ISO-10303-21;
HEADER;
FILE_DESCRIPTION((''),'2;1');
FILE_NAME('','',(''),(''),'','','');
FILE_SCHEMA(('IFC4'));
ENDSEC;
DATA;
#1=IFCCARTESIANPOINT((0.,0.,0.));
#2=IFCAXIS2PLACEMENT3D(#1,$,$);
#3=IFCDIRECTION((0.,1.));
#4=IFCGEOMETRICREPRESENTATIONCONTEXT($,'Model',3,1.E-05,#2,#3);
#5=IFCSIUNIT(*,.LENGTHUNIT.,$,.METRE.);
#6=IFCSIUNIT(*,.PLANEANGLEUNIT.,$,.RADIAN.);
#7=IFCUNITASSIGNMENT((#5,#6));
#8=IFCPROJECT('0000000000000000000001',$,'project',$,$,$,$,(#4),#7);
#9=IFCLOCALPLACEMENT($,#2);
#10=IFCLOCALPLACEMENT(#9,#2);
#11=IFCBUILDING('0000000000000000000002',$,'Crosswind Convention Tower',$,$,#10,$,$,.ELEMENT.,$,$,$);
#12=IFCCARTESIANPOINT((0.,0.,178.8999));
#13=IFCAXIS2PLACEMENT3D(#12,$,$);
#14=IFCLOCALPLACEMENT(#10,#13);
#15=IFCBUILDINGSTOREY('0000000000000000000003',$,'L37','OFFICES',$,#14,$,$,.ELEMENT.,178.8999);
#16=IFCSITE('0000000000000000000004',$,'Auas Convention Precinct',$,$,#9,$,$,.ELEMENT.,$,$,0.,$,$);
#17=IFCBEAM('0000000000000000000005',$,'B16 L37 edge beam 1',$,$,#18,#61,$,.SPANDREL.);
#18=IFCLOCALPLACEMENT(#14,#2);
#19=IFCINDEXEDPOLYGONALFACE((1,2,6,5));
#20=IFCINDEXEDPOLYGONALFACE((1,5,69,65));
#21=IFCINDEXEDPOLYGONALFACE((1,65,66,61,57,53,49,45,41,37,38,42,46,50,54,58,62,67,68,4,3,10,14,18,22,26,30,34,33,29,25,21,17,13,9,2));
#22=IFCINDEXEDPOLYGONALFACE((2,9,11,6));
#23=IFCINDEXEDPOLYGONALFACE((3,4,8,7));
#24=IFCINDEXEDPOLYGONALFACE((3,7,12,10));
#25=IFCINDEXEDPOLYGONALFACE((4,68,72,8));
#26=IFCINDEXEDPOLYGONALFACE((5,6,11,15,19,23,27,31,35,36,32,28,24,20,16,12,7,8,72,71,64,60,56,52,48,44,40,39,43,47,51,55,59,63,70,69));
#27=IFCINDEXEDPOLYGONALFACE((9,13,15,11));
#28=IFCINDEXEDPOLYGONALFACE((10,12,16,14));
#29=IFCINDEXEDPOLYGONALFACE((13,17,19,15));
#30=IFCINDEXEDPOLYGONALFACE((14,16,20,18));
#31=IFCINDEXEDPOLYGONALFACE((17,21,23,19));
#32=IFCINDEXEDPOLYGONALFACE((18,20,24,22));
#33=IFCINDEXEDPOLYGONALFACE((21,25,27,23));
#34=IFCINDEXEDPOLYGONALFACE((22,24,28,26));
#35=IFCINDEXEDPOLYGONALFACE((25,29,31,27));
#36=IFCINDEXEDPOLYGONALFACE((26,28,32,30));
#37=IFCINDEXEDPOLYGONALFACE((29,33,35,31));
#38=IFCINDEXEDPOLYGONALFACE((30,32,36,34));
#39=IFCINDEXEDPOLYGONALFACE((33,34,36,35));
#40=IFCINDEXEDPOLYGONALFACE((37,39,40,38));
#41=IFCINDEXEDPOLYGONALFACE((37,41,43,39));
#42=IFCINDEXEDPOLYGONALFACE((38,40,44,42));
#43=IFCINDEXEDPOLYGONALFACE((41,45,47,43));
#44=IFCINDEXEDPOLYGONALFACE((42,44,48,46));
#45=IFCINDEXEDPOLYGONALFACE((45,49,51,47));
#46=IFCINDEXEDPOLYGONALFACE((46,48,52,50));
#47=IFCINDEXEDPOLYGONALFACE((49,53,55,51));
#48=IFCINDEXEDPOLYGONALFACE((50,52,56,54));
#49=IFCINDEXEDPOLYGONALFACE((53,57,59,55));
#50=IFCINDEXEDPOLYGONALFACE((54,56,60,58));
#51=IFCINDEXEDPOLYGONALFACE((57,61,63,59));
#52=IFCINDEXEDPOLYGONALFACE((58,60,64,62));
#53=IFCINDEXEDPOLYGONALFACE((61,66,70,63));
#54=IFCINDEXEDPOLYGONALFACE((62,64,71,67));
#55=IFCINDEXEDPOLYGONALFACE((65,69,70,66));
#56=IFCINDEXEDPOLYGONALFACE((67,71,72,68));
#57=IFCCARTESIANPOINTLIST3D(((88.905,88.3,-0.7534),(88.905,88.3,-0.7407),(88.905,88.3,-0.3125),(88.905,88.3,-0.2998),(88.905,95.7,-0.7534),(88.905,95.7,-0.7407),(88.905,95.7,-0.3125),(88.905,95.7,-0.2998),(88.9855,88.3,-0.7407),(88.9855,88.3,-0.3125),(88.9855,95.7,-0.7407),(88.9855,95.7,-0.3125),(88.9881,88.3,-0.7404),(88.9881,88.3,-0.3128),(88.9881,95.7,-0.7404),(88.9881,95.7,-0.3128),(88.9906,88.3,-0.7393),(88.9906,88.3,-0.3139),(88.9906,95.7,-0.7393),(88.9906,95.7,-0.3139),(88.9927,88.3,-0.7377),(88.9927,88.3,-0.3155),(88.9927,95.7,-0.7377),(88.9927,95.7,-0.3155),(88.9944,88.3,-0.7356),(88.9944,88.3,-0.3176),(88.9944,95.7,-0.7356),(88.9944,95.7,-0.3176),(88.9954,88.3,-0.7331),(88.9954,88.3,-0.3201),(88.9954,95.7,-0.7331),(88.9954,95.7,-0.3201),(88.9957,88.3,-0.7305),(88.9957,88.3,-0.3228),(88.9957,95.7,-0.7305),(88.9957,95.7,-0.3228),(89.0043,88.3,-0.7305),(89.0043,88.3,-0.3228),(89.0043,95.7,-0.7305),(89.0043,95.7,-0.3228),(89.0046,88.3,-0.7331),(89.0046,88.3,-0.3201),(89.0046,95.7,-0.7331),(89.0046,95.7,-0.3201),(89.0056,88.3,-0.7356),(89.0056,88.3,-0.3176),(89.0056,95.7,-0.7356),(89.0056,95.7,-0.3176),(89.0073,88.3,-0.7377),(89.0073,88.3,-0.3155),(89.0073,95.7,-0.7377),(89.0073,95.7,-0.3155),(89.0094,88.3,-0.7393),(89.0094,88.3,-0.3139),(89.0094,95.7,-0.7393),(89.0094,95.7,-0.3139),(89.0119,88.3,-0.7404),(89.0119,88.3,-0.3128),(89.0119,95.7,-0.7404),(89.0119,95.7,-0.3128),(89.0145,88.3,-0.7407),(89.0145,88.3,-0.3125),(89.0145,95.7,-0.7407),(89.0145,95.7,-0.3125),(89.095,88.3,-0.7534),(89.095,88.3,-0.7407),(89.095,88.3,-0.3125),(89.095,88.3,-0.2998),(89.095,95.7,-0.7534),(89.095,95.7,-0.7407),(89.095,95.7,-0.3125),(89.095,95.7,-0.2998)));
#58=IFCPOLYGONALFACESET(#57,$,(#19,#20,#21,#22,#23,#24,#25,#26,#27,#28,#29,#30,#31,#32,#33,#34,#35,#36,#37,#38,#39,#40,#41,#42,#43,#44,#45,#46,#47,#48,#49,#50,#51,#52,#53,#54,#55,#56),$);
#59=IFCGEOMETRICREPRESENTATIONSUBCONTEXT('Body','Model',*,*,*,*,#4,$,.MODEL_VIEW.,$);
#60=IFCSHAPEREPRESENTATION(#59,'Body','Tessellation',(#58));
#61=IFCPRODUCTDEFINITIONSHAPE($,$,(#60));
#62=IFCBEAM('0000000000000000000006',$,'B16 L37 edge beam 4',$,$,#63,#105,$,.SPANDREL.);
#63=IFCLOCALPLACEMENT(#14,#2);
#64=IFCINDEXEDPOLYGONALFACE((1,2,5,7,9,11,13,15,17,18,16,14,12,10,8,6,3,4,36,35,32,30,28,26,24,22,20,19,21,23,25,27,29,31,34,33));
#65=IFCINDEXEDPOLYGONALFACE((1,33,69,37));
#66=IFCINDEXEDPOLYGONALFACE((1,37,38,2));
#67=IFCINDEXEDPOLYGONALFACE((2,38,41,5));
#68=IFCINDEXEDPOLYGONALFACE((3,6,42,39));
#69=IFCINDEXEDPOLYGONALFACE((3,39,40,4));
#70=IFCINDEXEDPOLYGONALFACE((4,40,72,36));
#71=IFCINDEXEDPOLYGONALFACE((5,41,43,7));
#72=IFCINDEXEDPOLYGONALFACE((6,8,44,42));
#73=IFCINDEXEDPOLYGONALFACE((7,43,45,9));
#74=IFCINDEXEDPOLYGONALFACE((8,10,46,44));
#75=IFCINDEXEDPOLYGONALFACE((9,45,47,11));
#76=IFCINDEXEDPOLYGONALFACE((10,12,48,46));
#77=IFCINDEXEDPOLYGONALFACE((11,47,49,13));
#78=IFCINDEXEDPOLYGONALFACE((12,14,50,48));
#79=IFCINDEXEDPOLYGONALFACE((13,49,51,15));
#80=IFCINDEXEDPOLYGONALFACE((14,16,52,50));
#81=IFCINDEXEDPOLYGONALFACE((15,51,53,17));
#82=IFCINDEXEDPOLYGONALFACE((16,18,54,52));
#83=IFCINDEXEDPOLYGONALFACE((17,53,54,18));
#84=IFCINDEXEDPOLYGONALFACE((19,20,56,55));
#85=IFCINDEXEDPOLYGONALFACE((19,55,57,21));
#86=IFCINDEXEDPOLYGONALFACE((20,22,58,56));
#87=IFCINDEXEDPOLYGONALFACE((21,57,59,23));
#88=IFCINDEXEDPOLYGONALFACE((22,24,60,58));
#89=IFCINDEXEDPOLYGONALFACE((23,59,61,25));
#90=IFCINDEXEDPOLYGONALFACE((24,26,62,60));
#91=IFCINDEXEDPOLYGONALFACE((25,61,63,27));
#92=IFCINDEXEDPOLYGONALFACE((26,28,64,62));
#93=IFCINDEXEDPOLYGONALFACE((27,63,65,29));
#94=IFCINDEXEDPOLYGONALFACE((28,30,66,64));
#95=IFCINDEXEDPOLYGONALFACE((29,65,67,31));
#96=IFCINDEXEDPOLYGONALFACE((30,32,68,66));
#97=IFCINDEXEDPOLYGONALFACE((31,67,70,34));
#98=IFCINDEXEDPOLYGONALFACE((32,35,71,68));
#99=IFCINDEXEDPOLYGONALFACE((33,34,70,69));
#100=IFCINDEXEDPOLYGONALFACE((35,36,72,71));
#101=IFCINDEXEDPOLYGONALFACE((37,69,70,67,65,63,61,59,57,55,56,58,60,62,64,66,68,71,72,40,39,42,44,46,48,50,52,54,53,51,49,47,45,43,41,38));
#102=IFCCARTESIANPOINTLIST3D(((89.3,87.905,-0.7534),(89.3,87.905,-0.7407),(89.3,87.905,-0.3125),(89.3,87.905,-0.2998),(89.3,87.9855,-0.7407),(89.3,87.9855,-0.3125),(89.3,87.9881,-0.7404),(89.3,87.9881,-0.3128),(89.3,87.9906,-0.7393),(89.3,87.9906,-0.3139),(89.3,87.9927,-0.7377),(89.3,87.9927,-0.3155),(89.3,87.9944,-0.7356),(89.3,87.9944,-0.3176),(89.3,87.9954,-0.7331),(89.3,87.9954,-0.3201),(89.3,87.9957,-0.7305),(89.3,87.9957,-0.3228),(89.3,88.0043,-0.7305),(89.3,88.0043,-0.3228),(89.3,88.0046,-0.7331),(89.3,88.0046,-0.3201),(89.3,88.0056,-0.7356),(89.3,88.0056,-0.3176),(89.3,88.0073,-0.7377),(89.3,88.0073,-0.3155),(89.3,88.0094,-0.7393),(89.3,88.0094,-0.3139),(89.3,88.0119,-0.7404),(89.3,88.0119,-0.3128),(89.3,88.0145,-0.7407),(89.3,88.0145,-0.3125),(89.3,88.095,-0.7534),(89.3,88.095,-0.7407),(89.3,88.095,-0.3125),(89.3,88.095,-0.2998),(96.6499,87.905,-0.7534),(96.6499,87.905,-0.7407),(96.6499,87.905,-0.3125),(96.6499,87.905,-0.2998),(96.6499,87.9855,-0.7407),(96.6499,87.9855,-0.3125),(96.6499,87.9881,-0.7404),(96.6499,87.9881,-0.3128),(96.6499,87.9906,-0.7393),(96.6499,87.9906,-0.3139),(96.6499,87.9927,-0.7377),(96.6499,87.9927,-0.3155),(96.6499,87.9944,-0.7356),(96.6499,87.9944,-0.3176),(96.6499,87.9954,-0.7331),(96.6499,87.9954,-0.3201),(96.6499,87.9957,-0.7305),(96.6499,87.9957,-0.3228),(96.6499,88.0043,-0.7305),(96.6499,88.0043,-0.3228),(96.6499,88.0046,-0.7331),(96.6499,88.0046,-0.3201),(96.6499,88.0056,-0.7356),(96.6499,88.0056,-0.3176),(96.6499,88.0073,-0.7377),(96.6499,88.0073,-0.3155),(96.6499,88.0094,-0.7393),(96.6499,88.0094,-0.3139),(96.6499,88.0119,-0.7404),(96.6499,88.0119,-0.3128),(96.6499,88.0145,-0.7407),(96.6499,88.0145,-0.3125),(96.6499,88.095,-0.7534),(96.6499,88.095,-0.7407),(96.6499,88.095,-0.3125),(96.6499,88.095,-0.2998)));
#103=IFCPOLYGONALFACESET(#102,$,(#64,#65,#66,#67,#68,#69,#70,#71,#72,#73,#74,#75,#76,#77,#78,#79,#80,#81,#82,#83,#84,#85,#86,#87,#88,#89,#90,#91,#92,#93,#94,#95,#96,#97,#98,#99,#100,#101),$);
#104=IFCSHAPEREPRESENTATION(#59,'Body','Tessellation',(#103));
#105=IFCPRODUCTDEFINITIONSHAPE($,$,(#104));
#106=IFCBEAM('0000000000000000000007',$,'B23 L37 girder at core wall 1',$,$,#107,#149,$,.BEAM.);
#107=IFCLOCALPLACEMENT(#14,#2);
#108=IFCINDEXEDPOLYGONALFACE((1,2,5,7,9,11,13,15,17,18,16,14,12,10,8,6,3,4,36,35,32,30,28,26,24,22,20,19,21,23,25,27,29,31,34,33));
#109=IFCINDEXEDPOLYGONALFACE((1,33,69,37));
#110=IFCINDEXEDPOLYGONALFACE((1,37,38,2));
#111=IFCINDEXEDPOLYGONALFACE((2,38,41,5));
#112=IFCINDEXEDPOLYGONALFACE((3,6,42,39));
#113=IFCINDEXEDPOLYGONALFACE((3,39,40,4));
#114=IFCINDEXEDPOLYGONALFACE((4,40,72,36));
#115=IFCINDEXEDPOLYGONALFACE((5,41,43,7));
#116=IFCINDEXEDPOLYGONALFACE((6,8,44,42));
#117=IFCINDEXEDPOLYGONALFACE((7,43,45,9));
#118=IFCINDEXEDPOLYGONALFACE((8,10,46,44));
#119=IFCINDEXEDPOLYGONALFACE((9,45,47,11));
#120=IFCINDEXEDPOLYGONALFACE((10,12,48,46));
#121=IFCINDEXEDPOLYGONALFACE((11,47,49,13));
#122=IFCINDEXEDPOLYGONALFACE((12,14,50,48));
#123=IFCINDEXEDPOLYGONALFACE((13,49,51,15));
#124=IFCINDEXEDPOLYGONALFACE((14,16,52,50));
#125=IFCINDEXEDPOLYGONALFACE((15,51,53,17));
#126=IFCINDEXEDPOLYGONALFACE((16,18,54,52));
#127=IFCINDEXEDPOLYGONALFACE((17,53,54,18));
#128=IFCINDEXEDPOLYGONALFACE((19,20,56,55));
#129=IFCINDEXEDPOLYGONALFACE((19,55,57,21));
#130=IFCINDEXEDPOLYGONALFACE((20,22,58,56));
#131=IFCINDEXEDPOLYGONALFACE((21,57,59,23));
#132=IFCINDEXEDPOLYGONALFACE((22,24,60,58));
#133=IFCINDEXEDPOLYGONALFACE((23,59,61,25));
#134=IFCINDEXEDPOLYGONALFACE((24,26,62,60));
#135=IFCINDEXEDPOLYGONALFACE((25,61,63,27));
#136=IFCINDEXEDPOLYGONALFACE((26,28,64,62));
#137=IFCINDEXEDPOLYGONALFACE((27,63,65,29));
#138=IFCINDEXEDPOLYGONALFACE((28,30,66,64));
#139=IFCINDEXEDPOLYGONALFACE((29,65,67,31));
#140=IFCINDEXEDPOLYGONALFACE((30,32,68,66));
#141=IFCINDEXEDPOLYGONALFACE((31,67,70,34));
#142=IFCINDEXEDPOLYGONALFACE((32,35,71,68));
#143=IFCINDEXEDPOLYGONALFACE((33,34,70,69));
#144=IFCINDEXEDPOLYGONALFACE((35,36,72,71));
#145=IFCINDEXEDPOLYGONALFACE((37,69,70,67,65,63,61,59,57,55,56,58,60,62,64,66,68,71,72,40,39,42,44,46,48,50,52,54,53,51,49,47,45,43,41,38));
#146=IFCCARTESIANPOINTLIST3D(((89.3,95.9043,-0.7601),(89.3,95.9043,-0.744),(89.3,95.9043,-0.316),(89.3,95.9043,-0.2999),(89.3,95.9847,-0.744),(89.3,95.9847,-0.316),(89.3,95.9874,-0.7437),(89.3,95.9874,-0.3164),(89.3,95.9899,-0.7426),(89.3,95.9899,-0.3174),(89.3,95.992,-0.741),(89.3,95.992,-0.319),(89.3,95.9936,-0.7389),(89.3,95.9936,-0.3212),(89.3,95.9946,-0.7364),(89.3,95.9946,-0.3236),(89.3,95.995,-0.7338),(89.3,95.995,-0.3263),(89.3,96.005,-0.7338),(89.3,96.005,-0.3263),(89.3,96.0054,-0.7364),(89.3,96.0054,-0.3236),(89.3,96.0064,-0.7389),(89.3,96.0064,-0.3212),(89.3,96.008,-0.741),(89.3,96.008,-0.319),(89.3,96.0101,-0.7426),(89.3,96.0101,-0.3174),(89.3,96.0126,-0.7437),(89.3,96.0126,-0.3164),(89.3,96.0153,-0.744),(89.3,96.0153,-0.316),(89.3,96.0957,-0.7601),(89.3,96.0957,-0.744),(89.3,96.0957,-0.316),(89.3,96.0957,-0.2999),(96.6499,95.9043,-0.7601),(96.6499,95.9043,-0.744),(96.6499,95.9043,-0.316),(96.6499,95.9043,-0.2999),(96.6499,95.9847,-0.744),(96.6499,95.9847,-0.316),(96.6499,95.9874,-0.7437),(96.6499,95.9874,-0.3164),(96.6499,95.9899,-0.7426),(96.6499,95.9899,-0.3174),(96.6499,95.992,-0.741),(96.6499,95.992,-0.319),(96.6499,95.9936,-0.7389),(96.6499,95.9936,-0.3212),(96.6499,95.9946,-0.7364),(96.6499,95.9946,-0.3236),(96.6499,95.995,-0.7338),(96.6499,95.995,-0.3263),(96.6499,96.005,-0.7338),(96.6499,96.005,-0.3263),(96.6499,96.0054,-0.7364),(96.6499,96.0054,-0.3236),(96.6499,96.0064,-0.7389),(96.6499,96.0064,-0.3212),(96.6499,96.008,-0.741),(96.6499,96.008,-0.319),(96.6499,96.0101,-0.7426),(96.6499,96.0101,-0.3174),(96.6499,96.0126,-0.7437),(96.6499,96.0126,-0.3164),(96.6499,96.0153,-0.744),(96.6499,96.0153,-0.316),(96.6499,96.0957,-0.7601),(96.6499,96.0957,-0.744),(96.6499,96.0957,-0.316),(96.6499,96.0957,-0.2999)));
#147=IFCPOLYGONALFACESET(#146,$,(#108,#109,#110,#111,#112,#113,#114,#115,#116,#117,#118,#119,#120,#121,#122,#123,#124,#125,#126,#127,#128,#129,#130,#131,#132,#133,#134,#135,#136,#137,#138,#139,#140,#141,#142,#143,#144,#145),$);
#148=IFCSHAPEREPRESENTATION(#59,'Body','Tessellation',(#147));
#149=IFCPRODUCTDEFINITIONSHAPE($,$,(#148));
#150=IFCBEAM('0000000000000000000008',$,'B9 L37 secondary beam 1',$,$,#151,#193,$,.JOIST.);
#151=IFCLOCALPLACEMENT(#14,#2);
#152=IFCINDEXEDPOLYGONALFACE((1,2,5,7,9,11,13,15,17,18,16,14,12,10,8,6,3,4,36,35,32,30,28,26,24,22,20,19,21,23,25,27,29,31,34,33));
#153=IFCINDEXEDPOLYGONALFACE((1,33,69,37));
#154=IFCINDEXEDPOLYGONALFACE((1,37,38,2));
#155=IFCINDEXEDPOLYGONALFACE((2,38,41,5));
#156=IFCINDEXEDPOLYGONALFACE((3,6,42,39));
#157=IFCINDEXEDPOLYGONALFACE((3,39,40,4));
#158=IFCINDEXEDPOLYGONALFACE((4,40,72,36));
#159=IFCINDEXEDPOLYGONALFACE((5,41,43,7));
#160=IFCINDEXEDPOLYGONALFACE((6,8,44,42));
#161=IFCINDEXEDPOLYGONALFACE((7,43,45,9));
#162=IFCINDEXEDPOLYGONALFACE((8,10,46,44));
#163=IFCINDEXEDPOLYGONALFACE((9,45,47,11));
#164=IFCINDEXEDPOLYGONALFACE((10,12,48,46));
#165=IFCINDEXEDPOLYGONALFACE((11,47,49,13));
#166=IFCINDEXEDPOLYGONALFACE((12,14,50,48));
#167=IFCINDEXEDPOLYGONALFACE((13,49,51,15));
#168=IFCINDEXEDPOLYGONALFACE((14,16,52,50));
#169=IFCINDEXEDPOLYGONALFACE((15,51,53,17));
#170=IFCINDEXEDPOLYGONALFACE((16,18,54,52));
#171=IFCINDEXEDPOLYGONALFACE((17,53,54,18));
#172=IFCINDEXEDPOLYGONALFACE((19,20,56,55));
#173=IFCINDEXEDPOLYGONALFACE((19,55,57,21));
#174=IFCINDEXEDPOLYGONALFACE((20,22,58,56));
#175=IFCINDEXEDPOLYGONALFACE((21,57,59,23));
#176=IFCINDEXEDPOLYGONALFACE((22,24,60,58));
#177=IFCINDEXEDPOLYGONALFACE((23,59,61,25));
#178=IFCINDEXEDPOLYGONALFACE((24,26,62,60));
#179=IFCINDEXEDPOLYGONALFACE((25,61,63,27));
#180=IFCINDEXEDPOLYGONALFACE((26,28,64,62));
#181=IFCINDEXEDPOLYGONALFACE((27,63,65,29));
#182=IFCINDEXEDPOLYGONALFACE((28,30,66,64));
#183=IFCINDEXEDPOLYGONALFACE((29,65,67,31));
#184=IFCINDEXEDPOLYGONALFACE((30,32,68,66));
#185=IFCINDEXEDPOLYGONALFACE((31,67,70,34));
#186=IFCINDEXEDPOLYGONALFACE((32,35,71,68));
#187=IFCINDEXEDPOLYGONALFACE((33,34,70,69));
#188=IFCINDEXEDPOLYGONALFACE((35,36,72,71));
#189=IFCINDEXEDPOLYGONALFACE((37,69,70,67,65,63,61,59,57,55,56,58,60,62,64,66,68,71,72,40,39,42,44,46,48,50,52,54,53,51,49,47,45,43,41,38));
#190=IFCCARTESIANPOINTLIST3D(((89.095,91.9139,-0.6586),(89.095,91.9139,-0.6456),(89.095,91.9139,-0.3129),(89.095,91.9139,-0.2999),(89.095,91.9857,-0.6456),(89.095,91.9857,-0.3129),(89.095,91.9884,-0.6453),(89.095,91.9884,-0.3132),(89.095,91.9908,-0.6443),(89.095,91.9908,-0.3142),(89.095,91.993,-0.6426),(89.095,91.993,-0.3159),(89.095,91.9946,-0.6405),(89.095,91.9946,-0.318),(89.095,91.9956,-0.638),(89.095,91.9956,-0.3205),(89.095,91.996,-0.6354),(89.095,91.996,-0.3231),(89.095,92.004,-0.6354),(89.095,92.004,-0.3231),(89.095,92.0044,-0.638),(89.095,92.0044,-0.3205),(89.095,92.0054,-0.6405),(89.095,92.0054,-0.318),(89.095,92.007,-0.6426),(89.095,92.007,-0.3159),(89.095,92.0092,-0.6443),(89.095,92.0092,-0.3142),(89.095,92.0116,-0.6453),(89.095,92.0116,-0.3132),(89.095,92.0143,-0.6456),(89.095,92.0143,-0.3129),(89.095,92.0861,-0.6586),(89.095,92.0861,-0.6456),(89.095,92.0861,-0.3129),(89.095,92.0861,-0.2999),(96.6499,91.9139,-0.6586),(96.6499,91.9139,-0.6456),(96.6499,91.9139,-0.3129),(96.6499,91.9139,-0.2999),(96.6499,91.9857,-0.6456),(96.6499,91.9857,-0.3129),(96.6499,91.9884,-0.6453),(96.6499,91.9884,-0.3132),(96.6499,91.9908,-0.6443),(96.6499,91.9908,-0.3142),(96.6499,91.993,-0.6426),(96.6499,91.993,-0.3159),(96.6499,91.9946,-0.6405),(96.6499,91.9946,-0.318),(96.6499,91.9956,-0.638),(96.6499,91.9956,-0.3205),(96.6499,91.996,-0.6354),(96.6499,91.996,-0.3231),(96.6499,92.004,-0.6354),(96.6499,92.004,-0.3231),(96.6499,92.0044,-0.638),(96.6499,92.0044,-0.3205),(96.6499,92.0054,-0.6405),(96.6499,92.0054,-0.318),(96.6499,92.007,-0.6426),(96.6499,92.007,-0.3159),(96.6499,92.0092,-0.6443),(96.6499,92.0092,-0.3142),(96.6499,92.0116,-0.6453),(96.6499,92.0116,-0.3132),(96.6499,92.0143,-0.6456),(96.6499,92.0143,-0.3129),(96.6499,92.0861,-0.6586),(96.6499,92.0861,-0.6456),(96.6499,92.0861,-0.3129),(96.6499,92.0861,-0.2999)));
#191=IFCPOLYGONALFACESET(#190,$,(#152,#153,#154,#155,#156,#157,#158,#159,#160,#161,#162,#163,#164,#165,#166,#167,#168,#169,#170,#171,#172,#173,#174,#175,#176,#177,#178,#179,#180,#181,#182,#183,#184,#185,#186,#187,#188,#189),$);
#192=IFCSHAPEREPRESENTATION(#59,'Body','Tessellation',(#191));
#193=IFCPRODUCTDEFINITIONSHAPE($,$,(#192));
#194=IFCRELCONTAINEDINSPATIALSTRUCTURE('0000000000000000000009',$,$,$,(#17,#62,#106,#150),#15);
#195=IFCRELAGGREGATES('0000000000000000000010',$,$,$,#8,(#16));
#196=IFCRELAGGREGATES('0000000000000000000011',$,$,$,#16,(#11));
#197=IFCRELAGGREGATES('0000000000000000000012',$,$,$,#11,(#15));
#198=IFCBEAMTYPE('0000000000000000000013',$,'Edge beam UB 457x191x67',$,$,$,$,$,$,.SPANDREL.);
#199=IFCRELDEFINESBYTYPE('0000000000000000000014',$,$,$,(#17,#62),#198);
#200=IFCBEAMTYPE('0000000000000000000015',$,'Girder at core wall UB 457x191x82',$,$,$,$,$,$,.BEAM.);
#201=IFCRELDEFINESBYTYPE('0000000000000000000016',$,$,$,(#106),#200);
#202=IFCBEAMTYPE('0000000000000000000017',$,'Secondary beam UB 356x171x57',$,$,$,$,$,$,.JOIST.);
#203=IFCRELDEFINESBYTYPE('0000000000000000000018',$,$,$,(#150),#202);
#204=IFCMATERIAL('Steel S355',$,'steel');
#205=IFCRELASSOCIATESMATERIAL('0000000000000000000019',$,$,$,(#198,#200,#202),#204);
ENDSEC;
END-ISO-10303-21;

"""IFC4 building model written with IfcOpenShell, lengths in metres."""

from ifc_helpers import new_model, si_unit, direction, frame, origin, origin_2d, place, context, subcontext, project, spatial, i_section, extrude, material, material_profile, profile_set, type_object, element, save


model = new_model("IFC4")

# Units and contexts
model_context = context("Model", 3, precision=1e-05, world=origin(), true_north=direction((0.0, 1.0)))
body_context = subcontext(model_context, "Body", "Model", "MODEL_VIEW")
ifc_project = project(units=[si_unit("LENGTHUNIT", "METRE"), si_unit("PLANEANGLEUNIT", "RADIAN")], contexts=[model_context])

# Site, building, storey
site_placement = place(None, origin())
site = spatial("IfcSite", under=ifc_project, at=site_placement, Name="Auas Convention Precinct", CompositionType="ELEMENT", RefElevation=0.0)
building_placement = place(site_placement, origin())
building = spatial("IfcBuilding", under=site, at=building_placement, Name="Crosswind Convention Tower", CompositionType="ELEMENT")
storey_placement = place(building_placement, frame((0.0, 0.0, 178.8999)))
storey = spatial("IfcBuildingStorey", under=building, at=storey_placement, Name="L37", Description="OFFICES", CompositionType="ELEMENT", Elevation=178.8999)

# Beams
ifc_material_1 = material(Name="Steel S355", Category="steel")
ifc_material_profile_1 = material_profile(ifc_material_1, i_section(OverallWidth=0.1899, OverallDepth=0.4536, WebThickness=0.0085, FlangeThickness=0.0127, FilletRadius=0.0103, at=origin_2d()), Name="UB 457x191x67")
ifc_profile_set_1 = profile_set([ifc_material_profile_1], Name="Steel S355")
beam_type_1 = type_object("IfcBeamType", Name="Edge beam UB 457x191x67", PredefinedType="SPANDREL", material=ifc_profile_set_1)
beam_1_placement = place(storey_placement, frame((89.0, 88.3, -0.5266), z_axis=(0.0, 1.0, 0.0), x_axis=(-1.0, 0.0, 0.0)))
element("IfcBeam", 1, at=beam_1_placement, inside=storey, type_object=beam_type_1, Name="B16 L37 edge beam 1", PredefinedType="SPANDREL", context=body_context, shape_type="SweptSolid", body=[
    extrude(i_section(OverallWidth=0.1899, OverallDepth=0.4536, WebThickness=0.0085, FlangeThickness=0.0127, FilletRadius=0.0103, at=origin_2d()), origin(), (0.0, 0.0, 1.0), 7.3999),
])
beam_2_placement = place(storey_placement, frame((89.3, 88.0, -0.5266), z_axis=(1.0, 0.0, 0.0), x_axis=(0.0, 1.0, 0.0)))
element("IfcBeam", 2, at=beam_2_placement, inside=storey, type_object=beam_type_1, Name="B16 L37 edge beam 4", PredefinedType="SPANDREL", context=body_context, shape_type="SweptSolid", body=[
    extrude(i_section(OverallWidth=0.1899, OverallDepth=0.4536, WebThickness=0.0085, FlangeThickness=0.0127, FilletRadius=0.0103, at=origin_2d()), origin(), (0.0, 0.0, 1.0), 7.3499),
])
ifc_material_profile_2 = material_profile(ifc_material_1, i_section(OverallWidth=0.1914, OverallDepth=0.4602, WebThickness=0.01, FlangeThickness=0.0161, FilletRadius=0.0103, at=origin_2d()), Name="UB 457x191x82")
ifc_profile_set_2 = profile_set([ifc_material_profile_2], Name="Steel S355")
beam_type_2 = type_object("IfcBeamType", Name="Girder at core wall UB 457x191x82", PredefinedType="BEAM", material=ifc_profile_set_2)
beam_3_placement = place(storey_placement, frame((89.3, 96.0, -0.53), z_axis=(1.0, 0.0, 0.0), x_axis=(0.0, 1.0, 0.0)))
element("IfcBeam", 3, at=beam_3_placement, inside=storey, type_object=beam_type_2, Name="B23 L37 girder at core wall 1", PredefinedType="BEAM", context=body_context, shape_type="SweptSolid", body=[
    extrude(i_section(OverallWidth=0.1914, OverallDepth=0.4602, WebThickness=0.01, FlangeThickness=0.0161, FilletRadius=0.0103, at=origin_2d()), origin(), (0.0, 0.0, 1.0), 7.3499),
])
ifc_material_profile_3 = material_profile(ifc_material_1, i_section(OverallWidth=0.1721, OverallDepth=0.3586, WebThickness=0.0081, FlangeThickness=0.0129, FilletRadius=0.0103, at=origin_2d()), Name="UB 356x171x57")
ifc_profile_set_3 = profile_set([ifc_material_profile_3], Name="Steel S355")
beam_type_3 = type_object("IfcBeamType", Name="Secondary beam UB 356x171x57", PredefinedType="JOIST", material=ifc_profile_set_3)
beam_4_placement = place(storey_placement, frame((89.095, 92.0, -0.4792), z_axis=(1.0, 0.0, 0.0), x_axis=(0.0, 1.0, 0.0)))
element("IfcBeam", 4, at=beam_4_placement, inside=storey, type_object=beam_type_3, Name="B9 L37 secondary beam 1", PredefinedType="JOIST", context=body_context, shape_type="SweptSolid", body=[
    extrude(i_section(OverallWidth=0.1721, OverallDepth=0.3586, WebThickness=0.0081, FlangeThickness=0.0129, FilletRadius=0.0103, at=origin_2d()), origin(), (0.0, 0.0, 1.0), 7.5549),
])

save(model, "model.ifc")
